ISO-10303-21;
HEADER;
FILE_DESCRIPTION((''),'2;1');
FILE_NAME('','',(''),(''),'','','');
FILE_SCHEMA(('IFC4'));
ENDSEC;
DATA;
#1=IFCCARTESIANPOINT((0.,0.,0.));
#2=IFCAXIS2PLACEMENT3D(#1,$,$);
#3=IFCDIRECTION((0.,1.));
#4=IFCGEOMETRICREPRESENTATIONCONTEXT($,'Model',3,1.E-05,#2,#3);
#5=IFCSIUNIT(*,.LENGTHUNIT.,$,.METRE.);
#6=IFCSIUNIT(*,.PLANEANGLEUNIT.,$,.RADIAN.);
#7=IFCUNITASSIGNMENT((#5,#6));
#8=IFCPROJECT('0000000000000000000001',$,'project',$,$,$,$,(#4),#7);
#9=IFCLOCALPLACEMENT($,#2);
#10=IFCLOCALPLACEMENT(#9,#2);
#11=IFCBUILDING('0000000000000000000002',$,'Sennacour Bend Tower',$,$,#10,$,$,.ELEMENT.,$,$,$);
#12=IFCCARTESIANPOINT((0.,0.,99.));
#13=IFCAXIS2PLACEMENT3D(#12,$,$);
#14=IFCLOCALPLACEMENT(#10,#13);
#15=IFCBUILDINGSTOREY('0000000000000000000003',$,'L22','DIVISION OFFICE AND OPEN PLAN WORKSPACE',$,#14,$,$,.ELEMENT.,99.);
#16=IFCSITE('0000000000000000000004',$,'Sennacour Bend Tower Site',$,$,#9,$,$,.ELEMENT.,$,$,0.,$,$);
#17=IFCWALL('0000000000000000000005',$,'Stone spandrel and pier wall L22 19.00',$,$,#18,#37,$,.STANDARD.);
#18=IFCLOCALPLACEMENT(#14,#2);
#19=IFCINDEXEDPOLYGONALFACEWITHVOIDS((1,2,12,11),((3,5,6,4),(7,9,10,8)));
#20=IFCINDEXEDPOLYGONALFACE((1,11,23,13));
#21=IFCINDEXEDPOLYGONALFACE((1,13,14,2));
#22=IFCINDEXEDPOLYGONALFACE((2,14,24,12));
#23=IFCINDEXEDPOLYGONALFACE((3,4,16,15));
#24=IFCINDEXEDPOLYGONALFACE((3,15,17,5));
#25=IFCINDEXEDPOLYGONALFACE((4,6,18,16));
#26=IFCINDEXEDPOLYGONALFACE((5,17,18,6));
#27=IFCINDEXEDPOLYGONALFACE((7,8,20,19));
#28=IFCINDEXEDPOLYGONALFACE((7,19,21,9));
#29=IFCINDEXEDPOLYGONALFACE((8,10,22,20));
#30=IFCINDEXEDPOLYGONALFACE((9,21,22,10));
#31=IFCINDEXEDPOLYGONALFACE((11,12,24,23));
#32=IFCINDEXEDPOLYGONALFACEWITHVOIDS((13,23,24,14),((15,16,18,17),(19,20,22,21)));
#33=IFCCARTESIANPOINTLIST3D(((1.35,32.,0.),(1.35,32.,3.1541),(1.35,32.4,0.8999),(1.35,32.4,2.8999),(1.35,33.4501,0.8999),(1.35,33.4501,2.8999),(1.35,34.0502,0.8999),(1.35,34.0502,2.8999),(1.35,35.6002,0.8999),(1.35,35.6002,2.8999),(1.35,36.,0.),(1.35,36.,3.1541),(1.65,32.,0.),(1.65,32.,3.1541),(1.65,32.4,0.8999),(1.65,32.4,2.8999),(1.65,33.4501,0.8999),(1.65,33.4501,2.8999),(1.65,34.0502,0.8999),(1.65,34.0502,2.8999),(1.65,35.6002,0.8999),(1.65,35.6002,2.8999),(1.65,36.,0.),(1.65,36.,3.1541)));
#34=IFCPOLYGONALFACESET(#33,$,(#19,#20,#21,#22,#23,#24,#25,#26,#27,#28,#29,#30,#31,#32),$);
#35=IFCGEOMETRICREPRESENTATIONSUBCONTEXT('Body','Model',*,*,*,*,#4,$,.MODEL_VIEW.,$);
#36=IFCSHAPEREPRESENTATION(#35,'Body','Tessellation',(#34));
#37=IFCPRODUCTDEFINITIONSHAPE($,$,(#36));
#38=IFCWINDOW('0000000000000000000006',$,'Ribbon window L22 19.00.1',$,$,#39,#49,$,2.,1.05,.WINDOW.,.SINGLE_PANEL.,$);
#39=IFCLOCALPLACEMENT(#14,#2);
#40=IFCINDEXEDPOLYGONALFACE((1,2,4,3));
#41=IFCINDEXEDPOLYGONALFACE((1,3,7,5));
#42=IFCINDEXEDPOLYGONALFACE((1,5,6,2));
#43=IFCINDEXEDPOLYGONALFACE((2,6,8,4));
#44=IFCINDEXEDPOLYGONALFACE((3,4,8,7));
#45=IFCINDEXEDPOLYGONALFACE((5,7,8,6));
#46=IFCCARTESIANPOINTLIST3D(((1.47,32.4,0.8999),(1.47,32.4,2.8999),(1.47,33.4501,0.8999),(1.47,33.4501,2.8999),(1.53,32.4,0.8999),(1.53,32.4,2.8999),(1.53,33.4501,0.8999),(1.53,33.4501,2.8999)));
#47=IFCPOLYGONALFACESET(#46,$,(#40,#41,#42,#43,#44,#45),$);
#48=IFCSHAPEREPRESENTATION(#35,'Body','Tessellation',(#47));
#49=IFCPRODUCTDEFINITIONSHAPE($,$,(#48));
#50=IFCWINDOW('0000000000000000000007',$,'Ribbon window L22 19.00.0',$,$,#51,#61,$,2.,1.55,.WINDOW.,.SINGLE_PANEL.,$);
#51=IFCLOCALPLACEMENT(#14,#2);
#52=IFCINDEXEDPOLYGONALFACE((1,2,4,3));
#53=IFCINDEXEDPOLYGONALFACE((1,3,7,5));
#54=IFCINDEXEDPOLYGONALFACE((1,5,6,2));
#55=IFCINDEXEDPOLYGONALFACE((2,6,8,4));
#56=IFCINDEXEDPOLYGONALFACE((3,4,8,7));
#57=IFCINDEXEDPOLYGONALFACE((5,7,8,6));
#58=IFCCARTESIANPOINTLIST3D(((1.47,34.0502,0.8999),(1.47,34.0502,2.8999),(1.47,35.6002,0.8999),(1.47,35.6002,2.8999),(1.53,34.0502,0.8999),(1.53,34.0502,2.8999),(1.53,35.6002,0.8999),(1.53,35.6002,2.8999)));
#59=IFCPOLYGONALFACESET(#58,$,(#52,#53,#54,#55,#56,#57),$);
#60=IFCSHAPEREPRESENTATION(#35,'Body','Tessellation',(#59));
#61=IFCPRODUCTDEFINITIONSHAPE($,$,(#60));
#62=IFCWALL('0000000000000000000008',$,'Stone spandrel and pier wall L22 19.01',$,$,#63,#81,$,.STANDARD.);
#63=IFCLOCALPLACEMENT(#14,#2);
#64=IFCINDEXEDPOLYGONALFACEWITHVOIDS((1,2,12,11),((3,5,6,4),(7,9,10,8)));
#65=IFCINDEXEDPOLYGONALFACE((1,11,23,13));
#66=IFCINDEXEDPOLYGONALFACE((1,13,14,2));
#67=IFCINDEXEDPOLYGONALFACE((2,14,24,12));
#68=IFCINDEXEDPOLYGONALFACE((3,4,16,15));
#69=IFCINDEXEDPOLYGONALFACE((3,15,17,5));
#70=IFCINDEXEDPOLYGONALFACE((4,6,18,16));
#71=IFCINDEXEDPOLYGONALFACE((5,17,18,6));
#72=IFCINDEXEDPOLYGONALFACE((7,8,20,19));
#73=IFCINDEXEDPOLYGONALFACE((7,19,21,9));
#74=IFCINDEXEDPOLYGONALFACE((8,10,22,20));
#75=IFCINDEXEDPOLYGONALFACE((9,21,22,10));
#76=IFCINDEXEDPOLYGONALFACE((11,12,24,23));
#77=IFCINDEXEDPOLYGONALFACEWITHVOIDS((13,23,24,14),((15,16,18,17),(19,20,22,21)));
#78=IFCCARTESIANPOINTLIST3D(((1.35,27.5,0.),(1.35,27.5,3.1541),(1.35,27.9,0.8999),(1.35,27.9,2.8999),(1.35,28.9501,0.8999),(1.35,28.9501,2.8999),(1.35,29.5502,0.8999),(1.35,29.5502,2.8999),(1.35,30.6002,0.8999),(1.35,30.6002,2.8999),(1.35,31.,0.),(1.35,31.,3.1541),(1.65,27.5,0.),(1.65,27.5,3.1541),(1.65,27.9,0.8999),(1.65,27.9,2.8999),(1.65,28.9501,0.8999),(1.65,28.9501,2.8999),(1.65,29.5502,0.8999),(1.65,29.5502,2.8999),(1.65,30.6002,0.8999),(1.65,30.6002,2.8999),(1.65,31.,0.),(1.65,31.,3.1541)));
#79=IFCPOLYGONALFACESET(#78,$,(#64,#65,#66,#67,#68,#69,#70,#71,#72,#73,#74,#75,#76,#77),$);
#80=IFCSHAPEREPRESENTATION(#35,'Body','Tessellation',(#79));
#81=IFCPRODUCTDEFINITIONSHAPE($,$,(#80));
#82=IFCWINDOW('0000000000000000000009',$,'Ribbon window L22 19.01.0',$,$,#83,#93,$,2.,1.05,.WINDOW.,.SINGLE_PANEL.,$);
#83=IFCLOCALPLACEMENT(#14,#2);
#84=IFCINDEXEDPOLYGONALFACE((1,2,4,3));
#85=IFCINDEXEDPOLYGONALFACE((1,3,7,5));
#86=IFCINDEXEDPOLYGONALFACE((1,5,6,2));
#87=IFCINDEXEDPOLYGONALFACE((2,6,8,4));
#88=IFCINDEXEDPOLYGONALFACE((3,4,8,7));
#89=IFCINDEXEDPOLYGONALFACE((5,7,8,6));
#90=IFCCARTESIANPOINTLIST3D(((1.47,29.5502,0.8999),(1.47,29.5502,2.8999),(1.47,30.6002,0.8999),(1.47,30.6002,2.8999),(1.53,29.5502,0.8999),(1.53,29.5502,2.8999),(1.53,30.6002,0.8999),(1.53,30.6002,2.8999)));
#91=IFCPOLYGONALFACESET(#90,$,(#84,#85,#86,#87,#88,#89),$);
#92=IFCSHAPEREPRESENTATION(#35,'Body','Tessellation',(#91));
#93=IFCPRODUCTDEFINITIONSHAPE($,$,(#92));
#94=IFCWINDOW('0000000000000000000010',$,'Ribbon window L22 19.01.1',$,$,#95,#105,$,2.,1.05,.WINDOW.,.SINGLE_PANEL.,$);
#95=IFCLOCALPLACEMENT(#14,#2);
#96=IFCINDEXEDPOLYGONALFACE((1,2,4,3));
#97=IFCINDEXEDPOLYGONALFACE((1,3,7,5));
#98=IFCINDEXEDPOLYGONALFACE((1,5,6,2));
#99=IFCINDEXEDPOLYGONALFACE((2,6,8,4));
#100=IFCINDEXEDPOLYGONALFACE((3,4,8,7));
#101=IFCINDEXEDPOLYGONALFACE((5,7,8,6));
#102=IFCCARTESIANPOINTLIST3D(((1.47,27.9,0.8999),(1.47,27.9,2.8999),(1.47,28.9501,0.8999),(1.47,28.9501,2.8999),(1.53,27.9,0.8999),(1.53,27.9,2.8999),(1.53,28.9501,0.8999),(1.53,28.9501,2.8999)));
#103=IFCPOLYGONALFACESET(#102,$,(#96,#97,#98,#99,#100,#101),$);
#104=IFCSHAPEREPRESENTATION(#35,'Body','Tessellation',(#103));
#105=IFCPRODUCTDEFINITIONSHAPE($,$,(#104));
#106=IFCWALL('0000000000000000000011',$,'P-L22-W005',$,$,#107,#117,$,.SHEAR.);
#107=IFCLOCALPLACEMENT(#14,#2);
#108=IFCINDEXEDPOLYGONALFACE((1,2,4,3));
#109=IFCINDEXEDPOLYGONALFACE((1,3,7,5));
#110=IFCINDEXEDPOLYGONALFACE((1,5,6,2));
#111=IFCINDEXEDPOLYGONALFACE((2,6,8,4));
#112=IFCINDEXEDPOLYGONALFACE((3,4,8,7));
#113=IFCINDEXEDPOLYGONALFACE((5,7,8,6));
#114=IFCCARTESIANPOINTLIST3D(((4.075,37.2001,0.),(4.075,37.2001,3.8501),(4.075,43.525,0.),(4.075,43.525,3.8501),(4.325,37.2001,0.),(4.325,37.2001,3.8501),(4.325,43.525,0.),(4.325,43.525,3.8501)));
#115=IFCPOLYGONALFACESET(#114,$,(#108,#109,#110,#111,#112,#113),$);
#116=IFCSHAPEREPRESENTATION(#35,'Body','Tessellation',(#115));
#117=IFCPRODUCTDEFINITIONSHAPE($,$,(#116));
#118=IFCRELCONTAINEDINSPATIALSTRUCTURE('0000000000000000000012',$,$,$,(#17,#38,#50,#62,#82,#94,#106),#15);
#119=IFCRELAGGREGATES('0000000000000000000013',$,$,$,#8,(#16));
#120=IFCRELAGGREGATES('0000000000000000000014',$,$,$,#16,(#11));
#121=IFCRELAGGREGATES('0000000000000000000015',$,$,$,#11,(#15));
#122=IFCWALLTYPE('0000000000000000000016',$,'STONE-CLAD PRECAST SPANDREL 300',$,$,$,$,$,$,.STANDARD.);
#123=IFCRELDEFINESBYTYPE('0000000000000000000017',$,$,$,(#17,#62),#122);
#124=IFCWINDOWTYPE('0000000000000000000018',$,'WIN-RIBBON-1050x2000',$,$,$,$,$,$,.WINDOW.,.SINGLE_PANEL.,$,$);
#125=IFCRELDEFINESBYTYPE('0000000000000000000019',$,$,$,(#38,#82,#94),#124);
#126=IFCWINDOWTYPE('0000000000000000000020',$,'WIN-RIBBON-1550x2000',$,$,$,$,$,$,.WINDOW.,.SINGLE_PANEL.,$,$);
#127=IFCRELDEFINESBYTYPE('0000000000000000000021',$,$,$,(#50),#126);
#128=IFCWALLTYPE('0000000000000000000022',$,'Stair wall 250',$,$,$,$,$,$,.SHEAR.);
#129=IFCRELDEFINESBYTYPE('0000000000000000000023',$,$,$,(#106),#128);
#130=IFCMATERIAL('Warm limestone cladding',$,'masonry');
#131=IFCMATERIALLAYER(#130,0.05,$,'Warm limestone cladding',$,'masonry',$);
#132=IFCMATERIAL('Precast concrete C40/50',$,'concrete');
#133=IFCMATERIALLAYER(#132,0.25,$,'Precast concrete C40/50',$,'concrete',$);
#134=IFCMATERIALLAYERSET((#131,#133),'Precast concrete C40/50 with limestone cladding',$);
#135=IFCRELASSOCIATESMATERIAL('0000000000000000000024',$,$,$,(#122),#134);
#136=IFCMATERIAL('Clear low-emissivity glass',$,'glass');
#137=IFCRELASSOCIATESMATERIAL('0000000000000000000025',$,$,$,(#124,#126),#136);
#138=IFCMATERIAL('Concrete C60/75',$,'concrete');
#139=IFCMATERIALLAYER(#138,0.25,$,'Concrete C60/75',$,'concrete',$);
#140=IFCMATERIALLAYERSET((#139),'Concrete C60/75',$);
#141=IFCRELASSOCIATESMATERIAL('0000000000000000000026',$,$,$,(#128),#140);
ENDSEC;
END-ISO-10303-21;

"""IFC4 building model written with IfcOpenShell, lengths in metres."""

from ifc_helpers import new_model, si_unit, direction, frame, frame_2d, origin, place, context, subcontext, project, spatial, rectangle, extrude, material, layer, layer_set, type_object, element, fill, save


model = new_model("IFC4")

# Units and contexts
model_context = context("Model", 3, precision=1e-05, world=origin(), true_north=direction((0.0, 1.0)))
body_context = subcontext(model_context, "Body", "Model", "MODEL_VIEW")
ifc_project = project(units=[si_unit("LENGTHUNIT", "METRE"), si_unit("PLANEANGLEUNIT", "RADIAN")], contexts=[model_context])

# Site, building, storey
site_placement = place(None, origin())
site = spatial("IfcSite", under=ifc_project, at=site_placement, Name="Sennacour Bend Tower Site", CompositionType="ELEMENT", RefElevation=0.0)
building_placement = place(site_placement, origin())
building = spatial("IfcBuilding", under=site, at=building_placement, Name="Sennacour Bend Tower", CompositionType="ELEMENT")
storey_placement = place(building_placement, frame((0.0, 0.0, 99.0)))
storey = spatial("IfcBuildingStorey", under=building, at=storey_placement, Name="L22", Description="DIVISION OFFICE AND OPEN PLAN WORKSPACE", CompositionType="ELEMENT", Elevation=99.0)

# Walls, openings, windows
ifc_material_1 = material(Name="Warm limestone cladding", Category="masonry")
ifc_layer_1 = layer(ifc_material_1, 0.05, Name="Warm limestone cladding", Category="masonry")
ifc_material_2 = material(Name="Precast concrete C40/50", Category="concrete")
ifc_layer_2 = layer(ifc_material_2, 0.25, Name="Precast concrete C40/50", Category="concrete")
ifc_layer_set_1 = layer_set([ifc_layer_1, ifc_layer_2], Name="Precast concrete C40/50 with limestone cladding")
wall_type_1 = type_object("IfcWallType", Name="STONE-CLAD PRECAST SPANDREL 300", PredefinedType="STANDARD", material=ifc_layer_set_1)
wall_1_placement = place(storey_placement, frame((1.5, 36.0, 0.0), z_axis=(0.0, 0.0, 1.0), x_axis=(0.0, -1.0, 0.0)))
wall_1 = element("IfcWall", 1, at=wall_1_placement, inside=storey, type_object=wall_type_1, Name="Stone spandrel and pier wall L22 19.00", PredefinedType="STANDARD", context=body_context, shape_type="SweptSolid", body=[
    extrude(rectangle(XDim=4.0, YDim=0.3, at=frame_2d((2.0, 0.0))), origin(), (0.0, 0.0, 1.0), 3.1541),
])
opening_1_placement = place(wall_1_placement, frame((0.3999, 0.0, 0.8999)))
opening_1 = element("IfcOpeningElement", 2, at=opening_1_placement, cuts=wall_1, PredefinedType="OPENING", context=body_context, shape_type="SweptSolid", body=[
    extrude(rectangle(XDim=1.55, YDim=2.0, at=frame_2d((0.7749, 1.0))), frame((0.0, 0.1602, 0.0), z_axis=(0.0, -1.0, 0.0), x_axis=(1.0, 0.0, 0.0)), (0.0, 0.0, 1.0), 0.3201),
])
opening_2_placement = place(wall_1_placement, frame((2.55, 0.0, 0.8999)))
opening_2 = element("IfcOpeningElement", 3, at=opening_2_placement, cuts=wall_1, PredefinedType="OPENING", context=body_context, shape_type="SweptSolid", body=[
    extrude(rectangle(XDim=1.05, YDim=2.0, at=frame_2d((0.5249, 1.0))), frame((0.0, 0.1602, 0.0), z_axis=(0.0, -1.0, 0.0), x_axis=(1.0, 0.0, 0.0)), (0.0, 0.0, 1.0), 0.3201),
])
ifc_material_3 = material(Name="Clear low-emissivity glass", Category="glass")
window_type_1 = type_object("IfcWindowType", Name="WIN-RIBBON-1050x2000", PartitioningType="SINGLE_PANEL", PredefinedType="WINDOW", material=ifc_material_3)
window_1_placement = place(opening_2_placement, origin())
window_1 = element("IfcWindow", 4, at=window_1_placement, inside=storey, type_object=window_type_1, Name="Ribbon window L22 19.00.1", OverallHeight=2.0, OverallWidth=1.05, PartitioningType="SINGLE_PANEL", PredefinedType="WINDOW", context=body_context, shape_type="SweptSolid", body=[
    extrude(rectangle(XDim=1.05, YDim=2.0, at=frame_2d((0.5249, 1.0))), frame((0.0, 0.03, 0.0), z_axis=(0.0, -1.0, 0.0), x_axis=(1.0, 0.0, 0.0)), (0.0, 0.0, 1.0), 0.0601),
])
fill(opening_2, window_1)
window_type_2 = type_object("IfcWindowType", Name="WIN-RIBBON-1550x2000", PartitioningType="SINGLE_PANEL", PredefinedType="WINDOW", material=ifc_material_3)
window_2_placement = place(opening_1_placement, origin())
window_2 = element("IfcWindow", 5, at=window_2_placement, inside=storey, type_object=window_type_2, Name="Ribbon window L22 19.00.0", OverallHeight=2.0, OverallWidth=1.55, PartitioningType="SINGLE_PANEL", PredefinedType="WINDOW", context=body_context, shape_type="SweptSolid", body=[
    extrude(rectangle(XDim=1.55, YDim=2.0, at=frame_2d((0.7749, 1.0))), frame((0.0, 0.03, 0.0), z_axis=(0.0, -1.0, 0.0), x_axis=(1.0, 0.0, 0.0)), (0.0, 0.0, 1.0), 0.0601),
])
fill(opening_1, window_2)
wall_2_placement = place(storey_placement, frame((1.5, 31.0, 0.0), z_axis=(0.0, 0.0, 1.0), x_axis=(0.0, -1.0, 0.0)))
wall_2 = element("IfcWall", 6, at=wall_2_placement, inside=storey, type_object=wall_type_1, Name="Stone spandrel and pier wall L22 19.01", PredefinedType="STANDARD", context=body_context, shape_type="SweptSolid", body=[
    extrude(rectangle(XDim=3.5, YDim=0.3, at=frame_2d((1.75, 0.0))), origin(), (0.0, 0.0, 1.0), 3.1541),
])
opening_3_placement = place(wall_2_placement, frame((0.3999, 0.0, 0.8999)))
opening_3 = element("IfcOpeningElement", 7, at=opening_3_placement, cuts=wall_2, PredefinedType="OPENING", context=body_context, shape_type="SweptSolid", body=[
    extrude(rectangle(XDim=1.05, YDim=2.0, at=frame_2d((0.5249, 1.0))), frame((0.0, 0.1602, 0.0), z_axis=(0.0, -1.0, 0.0), x_axis=(1.0, 0.0, 0.0)), (0.0, 0.0, 1.0), 0.3201),
])
opening_4_placement = place(wall_2_placement, frame((2.05, 0.0, 0.8999)))
opening_4 = element("IfcOpeningElement", 8, at=opening_4_placement, cuts=wall_2, PredefinedType="OPENING", context=body_context, shape_type="SweptSolid", body=[
    extrude(rectangle(XDim=1.05, YDim=2.0, at=frame_2d((0.5249, 1.0))), frame((0.0, 0.1602, 0.0), z_axis=(0.0, -1.0, 0.0), x_axis=(1.0, 0.0, 0.0)), (0.0, 0.0, 1.0), 0.3201),
])
window_3_placement = place(opening_3_placement, origin())
window_3 = element("IfcWindow", 9, at=window_3_placement, inside=storey, type_object=window_type_1, Name="Ribbon window L22 19.01.0", OverallHeight=2.0, OverallWidth=1.05, PartitioningType="SINGLE_PANEL", PredefinedType="WINDOW", context=body_context, shape_type="SweptSolid", body=[
    extrude(rectangle(XDim=1.05, YDim=2.0, at=frame_2d((0.5249, 1.0))), frame((0.0, 0.03, 0.0), z_axis=(0.0, -1.0, 0.0), x_axis=(1.0, 0.0, 0.0)), (0.0, 0.0, 1.0), 0.0601),
])
fill(opening_3, window_3)
window_4_placement = place(opening_4_placement, origin())
window_4 = element("IfcWindow", 10, at=window_4_placement, inside=storey, type_object=window_type_1, Name="Ribbon window L22 19.01.1", OverallHeight=2.0, OverallWidth=1.05, PartitioningType="SINGLE_PANEL", PredefinedType="WINDOW", context=body_context, shape_type="SweptSolid", body=[
    extrude(rectangle(XDim=1.05, YDim=2.0, at=frame_2d((0.5249, 1.0))), frame((0.0, 0.03, 0.0), z_axis=(0.0, -1.0, 0.0), x_axis=(1.0, 0.0, 0.0)), (0.0, 0.0, 1.0), 0.0601),
])
fill(opening_4, window_4)

# Wall
ifc_material_4 = material(Name="Concrete C60/75", Category="concrete")
ifc_layer_3 = layer(ifc_material_4, 0.25, Name="Concrete C60/75", Category="concrete")
ifc_layer_set_2 = layer_set([ifc_layer_3], Name="Concrete C60/75")
wall_type_2 = type_object("IfcWallType", Name="Stair wall 250", PredefinedType="SHEAR", material=ifc_layer_set_2)
wall_3_placement = place(storey_placement, frame((4.2, 37.2, 0.0), z_axis=(0.0, 0.0, 1.0), x_axis=(0.0, 1.0, 0.0)))
element("IfcWall", 11, at=wall_3_placement, inside=storey, type_object=wall_type_2, Name="P-L22-W005", PredefinedType="SHEAR", context=body_context, shape_type="SweptSolid", body=[
    extrude(rectangle(XDim=6.325, YDim=0.25, at=frame_2d((3.1626, 0.0))), origin(), (0.0, 0.0, 1.0), 3.8501),
])

save(model, "model.ifc")
